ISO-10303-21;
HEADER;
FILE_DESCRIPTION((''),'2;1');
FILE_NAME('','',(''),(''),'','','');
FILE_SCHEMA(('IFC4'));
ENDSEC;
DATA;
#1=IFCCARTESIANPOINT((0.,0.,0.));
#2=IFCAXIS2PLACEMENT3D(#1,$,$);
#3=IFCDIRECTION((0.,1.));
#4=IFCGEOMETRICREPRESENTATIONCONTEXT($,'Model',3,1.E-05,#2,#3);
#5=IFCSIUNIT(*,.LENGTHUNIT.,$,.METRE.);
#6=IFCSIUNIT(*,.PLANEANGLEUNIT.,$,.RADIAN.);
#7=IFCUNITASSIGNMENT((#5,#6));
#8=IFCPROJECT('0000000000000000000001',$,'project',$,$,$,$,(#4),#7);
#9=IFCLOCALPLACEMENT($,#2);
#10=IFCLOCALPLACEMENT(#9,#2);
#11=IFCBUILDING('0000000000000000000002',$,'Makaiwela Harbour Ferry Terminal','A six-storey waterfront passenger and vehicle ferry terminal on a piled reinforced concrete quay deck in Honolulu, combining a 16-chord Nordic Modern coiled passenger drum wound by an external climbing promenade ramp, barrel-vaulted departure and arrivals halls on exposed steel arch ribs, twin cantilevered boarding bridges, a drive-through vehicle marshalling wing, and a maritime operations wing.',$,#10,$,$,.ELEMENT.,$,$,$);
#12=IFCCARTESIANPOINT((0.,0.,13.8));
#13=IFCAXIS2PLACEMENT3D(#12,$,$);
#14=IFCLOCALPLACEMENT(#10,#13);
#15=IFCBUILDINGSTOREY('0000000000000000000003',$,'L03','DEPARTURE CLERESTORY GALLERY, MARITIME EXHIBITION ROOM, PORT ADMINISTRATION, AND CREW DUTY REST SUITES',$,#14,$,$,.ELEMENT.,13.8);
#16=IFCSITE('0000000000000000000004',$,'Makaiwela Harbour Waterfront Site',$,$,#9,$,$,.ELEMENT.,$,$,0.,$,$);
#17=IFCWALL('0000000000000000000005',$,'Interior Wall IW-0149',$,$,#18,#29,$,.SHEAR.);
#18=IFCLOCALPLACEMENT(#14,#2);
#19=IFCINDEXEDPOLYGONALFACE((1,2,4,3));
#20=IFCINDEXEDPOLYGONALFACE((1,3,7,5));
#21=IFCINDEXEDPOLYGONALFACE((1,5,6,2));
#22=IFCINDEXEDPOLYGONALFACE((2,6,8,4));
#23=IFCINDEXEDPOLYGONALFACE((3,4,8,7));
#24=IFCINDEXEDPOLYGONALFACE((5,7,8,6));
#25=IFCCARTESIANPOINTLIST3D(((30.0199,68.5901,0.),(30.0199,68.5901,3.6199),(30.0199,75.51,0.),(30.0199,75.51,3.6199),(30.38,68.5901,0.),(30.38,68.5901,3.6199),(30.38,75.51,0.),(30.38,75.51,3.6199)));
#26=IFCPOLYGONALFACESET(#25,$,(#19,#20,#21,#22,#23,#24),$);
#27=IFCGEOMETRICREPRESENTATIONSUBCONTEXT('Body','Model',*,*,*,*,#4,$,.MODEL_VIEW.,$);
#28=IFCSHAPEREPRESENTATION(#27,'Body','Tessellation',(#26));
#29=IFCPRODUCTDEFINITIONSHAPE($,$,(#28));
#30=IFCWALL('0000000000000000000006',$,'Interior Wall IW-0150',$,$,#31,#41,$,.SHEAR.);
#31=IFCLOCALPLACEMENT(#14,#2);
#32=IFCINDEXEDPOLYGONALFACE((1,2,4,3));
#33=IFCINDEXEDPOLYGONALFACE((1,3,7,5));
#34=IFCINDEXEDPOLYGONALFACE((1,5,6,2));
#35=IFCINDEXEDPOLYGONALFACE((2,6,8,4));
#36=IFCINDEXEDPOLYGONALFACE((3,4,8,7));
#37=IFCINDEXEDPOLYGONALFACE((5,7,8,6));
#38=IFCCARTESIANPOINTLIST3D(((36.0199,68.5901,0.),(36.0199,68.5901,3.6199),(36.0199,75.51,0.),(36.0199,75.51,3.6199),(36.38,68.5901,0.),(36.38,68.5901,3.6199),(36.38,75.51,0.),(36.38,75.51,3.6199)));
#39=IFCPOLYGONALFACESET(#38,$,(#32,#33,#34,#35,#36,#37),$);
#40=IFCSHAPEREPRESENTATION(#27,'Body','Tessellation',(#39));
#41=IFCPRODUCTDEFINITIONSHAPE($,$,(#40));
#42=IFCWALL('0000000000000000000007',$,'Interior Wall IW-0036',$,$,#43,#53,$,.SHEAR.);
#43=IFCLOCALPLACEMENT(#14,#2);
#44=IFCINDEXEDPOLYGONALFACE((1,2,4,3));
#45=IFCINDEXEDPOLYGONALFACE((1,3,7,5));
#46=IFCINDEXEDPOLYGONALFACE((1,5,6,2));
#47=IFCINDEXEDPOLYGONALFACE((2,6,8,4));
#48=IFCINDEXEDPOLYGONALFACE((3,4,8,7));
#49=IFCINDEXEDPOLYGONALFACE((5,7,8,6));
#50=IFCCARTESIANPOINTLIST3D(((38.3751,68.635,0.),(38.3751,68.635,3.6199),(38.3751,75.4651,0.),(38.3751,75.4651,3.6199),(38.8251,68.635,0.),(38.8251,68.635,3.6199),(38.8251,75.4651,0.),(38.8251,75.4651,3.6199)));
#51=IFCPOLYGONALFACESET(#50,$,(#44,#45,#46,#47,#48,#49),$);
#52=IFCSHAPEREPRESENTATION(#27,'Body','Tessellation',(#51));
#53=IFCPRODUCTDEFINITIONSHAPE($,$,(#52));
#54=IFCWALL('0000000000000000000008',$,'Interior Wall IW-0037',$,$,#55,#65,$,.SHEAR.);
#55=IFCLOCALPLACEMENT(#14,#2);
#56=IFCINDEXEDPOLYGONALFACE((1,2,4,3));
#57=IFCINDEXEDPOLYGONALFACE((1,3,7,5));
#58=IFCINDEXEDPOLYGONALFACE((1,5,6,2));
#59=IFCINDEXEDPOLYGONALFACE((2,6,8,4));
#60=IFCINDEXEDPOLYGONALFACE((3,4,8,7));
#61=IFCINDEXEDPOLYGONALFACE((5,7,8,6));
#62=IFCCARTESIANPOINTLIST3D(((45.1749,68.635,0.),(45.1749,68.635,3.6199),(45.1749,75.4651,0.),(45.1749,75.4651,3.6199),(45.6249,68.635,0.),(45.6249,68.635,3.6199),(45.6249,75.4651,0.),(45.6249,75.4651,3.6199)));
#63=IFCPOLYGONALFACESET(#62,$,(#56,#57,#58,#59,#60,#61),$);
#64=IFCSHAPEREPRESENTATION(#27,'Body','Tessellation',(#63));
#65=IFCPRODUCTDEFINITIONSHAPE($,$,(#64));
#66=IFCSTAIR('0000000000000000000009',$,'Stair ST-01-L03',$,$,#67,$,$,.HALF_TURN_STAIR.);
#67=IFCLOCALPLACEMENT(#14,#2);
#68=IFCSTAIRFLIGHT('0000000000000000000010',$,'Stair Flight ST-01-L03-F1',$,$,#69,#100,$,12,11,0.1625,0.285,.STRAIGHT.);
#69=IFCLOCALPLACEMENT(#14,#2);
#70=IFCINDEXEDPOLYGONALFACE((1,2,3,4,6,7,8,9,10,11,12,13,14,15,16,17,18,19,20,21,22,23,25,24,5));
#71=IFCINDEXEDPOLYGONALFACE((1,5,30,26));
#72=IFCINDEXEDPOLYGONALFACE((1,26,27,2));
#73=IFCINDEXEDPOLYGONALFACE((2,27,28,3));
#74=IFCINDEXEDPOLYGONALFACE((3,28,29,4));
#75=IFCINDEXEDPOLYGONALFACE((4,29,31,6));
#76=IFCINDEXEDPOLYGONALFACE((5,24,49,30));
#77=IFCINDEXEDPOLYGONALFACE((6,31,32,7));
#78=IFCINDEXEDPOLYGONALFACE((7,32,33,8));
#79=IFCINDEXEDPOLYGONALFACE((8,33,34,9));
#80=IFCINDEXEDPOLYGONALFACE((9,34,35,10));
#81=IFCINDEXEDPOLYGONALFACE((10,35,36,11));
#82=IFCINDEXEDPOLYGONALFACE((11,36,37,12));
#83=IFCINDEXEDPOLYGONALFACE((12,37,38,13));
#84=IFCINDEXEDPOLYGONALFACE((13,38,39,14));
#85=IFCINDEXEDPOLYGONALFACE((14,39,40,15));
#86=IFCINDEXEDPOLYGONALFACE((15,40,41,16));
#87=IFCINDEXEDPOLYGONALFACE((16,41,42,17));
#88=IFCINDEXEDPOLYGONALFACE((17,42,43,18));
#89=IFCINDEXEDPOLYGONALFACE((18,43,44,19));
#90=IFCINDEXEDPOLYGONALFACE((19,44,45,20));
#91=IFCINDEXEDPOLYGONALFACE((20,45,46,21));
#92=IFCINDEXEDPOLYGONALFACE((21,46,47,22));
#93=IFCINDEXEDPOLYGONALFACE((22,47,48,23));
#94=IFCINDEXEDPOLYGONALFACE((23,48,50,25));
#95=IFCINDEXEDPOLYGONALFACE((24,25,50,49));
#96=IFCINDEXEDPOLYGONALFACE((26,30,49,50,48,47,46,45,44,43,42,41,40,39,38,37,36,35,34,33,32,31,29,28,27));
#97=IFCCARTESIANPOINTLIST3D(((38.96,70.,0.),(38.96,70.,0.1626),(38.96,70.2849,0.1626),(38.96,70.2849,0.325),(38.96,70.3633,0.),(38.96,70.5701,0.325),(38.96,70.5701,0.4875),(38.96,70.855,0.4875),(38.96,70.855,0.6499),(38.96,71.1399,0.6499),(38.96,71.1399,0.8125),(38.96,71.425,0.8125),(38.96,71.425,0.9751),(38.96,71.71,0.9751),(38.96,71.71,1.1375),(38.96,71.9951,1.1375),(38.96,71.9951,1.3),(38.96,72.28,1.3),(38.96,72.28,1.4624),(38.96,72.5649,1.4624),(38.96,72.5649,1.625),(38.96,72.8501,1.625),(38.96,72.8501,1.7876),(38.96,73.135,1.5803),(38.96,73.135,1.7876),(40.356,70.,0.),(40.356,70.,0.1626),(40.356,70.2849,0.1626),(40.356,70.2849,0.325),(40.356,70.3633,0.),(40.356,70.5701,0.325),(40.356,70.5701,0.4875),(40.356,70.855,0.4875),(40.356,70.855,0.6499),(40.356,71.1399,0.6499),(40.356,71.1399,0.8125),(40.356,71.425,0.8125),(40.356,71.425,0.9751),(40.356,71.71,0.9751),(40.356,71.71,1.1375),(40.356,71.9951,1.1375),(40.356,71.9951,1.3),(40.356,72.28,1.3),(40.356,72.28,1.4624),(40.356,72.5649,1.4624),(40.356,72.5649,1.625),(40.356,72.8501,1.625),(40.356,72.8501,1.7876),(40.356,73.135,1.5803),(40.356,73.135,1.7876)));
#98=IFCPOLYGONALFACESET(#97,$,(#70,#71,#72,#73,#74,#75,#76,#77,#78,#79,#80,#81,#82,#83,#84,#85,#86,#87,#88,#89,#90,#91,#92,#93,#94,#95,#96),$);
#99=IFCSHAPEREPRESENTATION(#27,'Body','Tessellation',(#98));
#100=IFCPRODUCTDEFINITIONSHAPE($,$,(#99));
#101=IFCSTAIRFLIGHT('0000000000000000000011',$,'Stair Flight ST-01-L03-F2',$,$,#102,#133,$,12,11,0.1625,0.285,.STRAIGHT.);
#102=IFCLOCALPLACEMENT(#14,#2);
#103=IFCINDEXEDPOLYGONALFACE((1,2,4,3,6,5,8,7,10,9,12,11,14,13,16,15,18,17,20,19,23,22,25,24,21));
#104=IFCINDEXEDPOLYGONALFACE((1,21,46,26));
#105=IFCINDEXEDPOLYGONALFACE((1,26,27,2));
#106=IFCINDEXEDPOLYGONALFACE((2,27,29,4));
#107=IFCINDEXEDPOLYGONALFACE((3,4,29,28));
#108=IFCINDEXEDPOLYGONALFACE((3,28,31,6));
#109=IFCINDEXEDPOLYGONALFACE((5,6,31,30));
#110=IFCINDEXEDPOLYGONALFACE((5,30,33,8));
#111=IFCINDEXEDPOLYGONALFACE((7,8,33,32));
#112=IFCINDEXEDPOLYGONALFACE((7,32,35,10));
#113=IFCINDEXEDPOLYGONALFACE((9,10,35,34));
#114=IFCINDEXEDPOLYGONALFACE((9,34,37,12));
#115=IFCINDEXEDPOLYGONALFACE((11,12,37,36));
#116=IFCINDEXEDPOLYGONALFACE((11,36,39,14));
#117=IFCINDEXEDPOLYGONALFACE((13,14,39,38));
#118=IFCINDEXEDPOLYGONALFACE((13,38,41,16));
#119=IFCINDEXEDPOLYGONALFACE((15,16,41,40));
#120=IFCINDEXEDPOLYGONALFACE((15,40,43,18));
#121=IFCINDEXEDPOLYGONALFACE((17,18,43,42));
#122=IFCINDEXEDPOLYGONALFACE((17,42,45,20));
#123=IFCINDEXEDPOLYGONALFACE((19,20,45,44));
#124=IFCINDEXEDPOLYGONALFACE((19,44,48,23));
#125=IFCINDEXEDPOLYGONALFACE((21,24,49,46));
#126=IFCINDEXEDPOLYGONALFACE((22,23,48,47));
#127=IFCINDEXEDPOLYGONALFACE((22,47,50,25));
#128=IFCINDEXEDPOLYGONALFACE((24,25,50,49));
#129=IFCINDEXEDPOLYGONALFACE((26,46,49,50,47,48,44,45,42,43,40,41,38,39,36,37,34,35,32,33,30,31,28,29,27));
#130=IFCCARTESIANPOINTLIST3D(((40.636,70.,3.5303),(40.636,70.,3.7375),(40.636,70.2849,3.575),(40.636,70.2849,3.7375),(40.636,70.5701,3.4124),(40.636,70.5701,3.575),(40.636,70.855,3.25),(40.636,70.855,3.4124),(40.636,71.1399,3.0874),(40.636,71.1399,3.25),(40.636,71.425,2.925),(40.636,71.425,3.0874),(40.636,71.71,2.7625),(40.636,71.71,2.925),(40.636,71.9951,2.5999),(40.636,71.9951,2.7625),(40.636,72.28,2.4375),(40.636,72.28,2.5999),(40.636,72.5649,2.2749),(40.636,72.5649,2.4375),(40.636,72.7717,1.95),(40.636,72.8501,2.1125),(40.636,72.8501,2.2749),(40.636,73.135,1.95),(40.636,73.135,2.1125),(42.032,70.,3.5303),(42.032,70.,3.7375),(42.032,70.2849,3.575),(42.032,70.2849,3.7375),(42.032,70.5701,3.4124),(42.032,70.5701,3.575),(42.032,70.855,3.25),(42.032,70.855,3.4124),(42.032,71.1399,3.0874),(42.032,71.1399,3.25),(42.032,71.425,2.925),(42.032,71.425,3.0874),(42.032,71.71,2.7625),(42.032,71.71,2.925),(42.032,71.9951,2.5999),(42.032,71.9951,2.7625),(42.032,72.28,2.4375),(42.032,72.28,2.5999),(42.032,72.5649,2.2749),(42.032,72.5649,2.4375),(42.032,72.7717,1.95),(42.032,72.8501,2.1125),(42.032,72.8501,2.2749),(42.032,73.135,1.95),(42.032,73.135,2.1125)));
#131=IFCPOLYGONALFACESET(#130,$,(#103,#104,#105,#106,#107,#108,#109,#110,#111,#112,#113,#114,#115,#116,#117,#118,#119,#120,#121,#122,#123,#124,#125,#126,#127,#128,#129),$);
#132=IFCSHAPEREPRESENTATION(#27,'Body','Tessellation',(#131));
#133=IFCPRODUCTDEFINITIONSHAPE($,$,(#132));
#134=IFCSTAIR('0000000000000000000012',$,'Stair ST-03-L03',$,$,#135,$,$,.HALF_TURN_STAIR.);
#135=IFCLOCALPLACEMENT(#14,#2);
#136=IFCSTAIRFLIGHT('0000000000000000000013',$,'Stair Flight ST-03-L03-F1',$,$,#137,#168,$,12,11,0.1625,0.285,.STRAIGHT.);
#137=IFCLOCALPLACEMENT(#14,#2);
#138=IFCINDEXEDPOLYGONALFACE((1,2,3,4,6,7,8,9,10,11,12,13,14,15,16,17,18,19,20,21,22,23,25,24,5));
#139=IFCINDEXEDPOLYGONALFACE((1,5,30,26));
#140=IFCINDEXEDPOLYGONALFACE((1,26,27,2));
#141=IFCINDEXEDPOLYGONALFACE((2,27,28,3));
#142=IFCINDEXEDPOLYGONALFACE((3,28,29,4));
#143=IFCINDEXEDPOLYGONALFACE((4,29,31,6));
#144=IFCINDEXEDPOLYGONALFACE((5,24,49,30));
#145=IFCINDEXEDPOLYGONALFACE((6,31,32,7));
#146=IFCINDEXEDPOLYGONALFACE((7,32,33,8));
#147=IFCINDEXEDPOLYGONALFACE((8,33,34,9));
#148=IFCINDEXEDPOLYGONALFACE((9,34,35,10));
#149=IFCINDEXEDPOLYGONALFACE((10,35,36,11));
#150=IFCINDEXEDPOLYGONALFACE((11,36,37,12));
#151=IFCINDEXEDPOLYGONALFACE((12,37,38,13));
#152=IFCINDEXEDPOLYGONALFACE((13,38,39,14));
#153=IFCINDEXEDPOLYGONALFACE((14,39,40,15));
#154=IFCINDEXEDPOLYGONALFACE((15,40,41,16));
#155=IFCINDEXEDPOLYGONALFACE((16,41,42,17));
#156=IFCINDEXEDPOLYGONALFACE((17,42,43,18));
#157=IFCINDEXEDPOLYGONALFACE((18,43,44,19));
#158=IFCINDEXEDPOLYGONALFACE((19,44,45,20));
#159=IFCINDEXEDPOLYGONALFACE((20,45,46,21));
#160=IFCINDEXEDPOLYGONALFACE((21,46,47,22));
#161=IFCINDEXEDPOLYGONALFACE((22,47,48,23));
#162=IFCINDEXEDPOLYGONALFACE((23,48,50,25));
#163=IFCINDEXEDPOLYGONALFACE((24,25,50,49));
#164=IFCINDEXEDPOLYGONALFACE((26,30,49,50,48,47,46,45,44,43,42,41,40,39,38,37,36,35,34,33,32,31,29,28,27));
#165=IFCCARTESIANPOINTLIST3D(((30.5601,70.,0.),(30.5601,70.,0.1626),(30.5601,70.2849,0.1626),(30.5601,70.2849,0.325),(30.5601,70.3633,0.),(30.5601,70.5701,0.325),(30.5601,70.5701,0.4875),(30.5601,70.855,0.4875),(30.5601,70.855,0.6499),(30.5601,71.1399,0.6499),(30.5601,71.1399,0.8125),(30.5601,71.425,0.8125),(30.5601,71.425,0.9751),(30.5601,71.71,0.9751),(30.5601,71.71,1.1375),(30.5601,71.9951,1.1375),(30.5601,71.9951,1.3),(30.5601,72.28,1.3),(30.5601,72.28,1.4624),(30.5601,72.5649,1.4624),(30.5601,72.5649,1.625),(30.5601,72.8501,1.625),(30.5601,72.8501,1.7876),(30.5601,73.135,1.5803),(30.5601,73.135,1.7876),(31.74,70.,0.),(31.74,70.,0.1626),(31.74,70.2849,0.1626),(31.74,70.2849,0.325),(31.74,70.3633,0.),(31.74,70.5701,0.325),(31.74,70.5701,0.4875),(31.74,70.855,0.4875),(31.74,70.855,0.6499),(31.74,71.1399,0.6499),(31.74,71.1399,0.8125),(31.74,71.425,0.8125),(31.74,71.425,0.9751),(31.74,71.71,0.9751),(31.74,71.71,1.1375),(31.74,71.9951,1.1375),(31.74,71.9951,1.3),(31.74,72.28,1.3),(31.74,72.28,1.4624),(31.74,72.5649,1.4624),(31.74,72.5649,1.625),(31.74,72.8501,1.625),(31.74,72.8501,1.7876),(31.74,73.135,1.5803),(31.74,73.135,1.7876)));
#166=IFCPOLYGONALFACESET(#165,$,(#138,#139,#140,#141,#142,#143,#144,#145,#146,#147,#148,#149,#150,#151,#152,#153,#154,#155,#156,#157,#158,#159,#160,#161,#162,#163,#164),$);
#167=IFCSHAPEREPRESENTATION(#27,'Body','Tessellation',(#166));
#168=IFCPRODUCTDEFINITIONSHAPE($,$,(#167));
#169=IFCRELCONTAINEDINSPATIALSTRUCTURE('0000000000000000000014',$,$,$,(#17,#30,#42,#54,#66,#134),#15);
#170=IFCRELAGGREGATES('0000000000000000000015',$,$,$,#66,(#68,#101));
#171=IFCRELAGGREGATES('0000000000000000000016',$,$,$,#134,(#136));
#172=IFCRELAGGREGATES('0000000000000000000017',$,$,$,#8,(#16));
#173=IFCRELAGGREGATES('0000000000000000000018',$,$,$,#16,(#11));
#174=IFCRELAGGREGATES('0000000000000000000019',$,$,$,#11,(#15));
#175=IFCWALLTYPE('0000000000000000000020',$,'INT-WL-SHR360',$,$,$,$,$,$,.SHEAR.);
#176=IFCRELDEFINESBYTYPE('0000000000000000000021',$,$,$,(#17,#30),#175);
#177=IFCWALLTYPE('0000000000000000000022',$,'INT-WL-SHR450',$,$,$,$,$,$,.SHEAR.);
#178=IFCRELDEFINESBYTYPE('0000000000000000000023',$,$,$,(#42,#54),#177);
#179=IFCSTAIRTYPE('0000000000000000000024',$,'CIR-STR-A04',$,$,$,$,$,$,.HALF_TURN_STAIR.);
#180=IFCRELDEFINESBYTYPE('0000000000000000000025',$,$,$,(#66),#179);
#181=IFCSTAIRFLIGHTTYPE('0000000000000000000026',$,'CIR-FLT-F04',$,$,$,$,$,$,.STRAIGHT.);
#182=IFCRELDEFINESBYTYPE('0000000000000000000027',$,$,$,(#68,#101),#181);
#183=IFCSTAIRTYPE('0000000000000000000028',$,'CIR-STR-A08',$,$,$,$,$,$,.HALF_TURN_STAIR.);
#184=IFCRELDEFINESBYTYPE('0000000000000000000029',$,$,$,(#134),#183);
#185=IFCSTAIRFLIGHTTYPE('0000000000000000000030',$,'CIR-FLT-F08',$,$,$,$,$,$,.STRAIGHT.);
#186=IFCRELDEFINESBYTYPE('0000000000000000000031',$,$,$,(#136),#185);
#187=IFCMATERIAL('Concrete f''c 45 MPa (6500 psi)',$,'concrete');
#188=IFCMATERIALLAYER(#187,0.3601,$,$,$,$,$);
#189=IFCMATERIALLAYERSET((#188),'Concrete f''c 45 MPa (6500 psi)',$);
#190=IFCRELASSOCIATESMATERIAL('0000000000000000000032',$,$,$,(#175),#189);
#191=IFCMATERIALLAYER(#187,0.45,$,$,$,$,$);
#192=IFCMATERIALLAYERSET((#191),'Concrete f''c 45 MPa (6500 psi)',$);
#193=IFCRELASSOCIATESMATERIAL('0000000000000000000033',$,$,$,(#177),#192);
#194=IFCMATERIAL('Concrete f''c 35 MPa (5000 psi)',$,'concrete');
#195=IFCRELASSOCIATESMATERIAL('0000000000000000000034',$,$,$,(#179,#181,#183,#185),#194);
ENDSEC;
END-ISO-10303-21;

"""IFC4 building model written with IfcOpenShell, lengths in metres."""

from ifc_helpers import new_model, si_unit, direction, frame, frame_2d, origin, place, context, subcontext, project, spatial, polyline, rectangle, outline, extrude, material, layer, layer_set, type_object, element, aggregate, save


model = new_model("IFC4")

# Units and contexts
model_context = context("Model", 3, precision=1e-05, world=origin(), true_north=direction((0.0, 1.0)))
body_context = subcontext(model_context, "Body", "Model", "MODEL_VIEW")
ifc_project = project(units=[si_unit("LENGTHUNIT", "METRE"), si_unit("PLANEANGLEUNIT", "RADIAN")], contexts=[model_context])

# Site, building, storey
site_placement = place(None, origin())
site = spatial("IfcSite", under=ifc_project, at=site_placement, Name="Makaiwela Harbour Waterfront Site", CompositionType="ELEMENT", RefElevation=0.0)
building_placement = place(site_placement, origin())
building = spatial("IfcBuilding", under=site, at=building_placement, Name="Makaiwela Harbour Ferry Terminal", Description="A six-storey waterfront passenger and vehicle ferry terminal on a piled reinforced concrete quay deck in Honolulu, combining a 16-chord Nordic Modern coiled passenger drum wound by an external climbing promenade ramp, barrel-vaulted departure and arrivals halls on exposed steel arch ribs, twin cantilevered boarding bridges, a drive-through vehicle marshalling wing, and a maritime operations wing.", CompositionType="ELEMENT")
storey_placement = place(building_placement, frame((0.0, 0.0, 13.8)))
storey = spatial("IfcBuildingStorey", under=building, at=storey_placement, Name="L03", Description="DEPARTURE CLERESTORY GALLERY, MARITIME EXHIBITION ROOM, PORT ADMINISTRATION, AND CREW DUTY REST SUITES", CompositionType="ELEMENT", Elevation=13.8)

# Shared definitions
ifc_material_1 = material(Name="Concrete f'c 45 MPa (6500 psi)", Category="concrete")

# Shared definitions
ifc_layer_1 = layer(ifc_material_1, 0.3601)
ifc_layer_set_1 = layer_set([ifc_layer_1], Name="Concrete f'c 45 MPa (6500 psi)")
wall_type_1 = type_object("IfcWallType", Name="INT-WL-SHR360", PredefinedType="SHEAR", material=ifc_layer_set_1)

# Walls
for number, where, z_axis, x_axis, name in (
    (1, (30.2, 68.5901, 0.0), (0.0, 0.0, 1.0), (0.0, 1.0, 0.0), "Interior Wall IW-0149"),
    (2, (36.2, 68.5901, 0.0), (0.0, 0.0, 1.0), (0.0, 1.0, 0.0), "Interior Wall IW-0150"),
):
    element("IfcWall", number, at=place(storey_placement, frame(where, z_axis=z_axis, x_axis=x_axis)), inside=storey, type_object=wall_type_1, Name=name, PredefinedType="SHEAR", context=body_context, shape_type="SweptSolid", body=[
        extrude(rectangle(XDim=6.9199, YDim=0.3601, at=frame_2d((3.46, 0.0))), origin(), (0.0, 0.0, 1.0), 3.6199),
    ])

# Shared definitions
ifc_layer_2 = layer(ifc_material_1, 0.45)
ifc_layer_set_2 = layer_set([ifc_layer_2], Name="Concrete f'c 45 MPa (6500 psi)")
wall_type_2 = type_object("IfcWallType", Name="INT-WL-SHR450", PredefinedType="SHEAR", material=ifc_layer_set_2)

# Walls
for number, where, z_axis, x_axis, name in (
    (3, (38.6001, 68.635, 0.0), (0.0, 0.0, 1.0), (0.0, 1.0, 0.0), "Interior Wall IW-0036"),
    (4, (45.3999, 68.635, 0.0), (0.0, 0.0, 1.0), (0.0, 1.0, 0.0), "Interior Wall IW-0037"),
):
    element("IfcWall", number, at=place(storey_placement, frame(where, z_axis=z_axis, x_axis=x_axis)), inside=storey, type_object=wall_type_2, Name=name, PredefinedType="SHEAR", context=body_context, shape_type="SweptSolid", body=[
        extrude(rectangle(XDim=6.8301, YDim=0.45, at=frame_2d((3.415, 0.0))), origin(), (0.0, 0.0, 1.0), 3.6199),
    ])

# Stairs, stair flights
ifc_material_2 = material(Name="Concrete f'c 35 MPa (5000 psi)", Category="concrete")
stair_type_1 = type_object("IfcStairType", Name="CIR-STR-A04", PredefinedType="HALF_TURN_STAIR", material=ifc_material_2)
stair_1_placement = place(storey_placement, origin())
stair_1 = element("IfcStair", 5, at=stair_1_placement, inside=storey, type_object=stair_type_1, Name="Stair ST-01-L03", PredefinedType="HALF_TURN_STAIR")
stair_flight_type_1 = type_object("IfcStairFlightType", Name="CIR-FLT-F04", PredefinedType="STRAIGHT", material=ifc_material_2)
stair_flight_1_placement = place(storey_placement, frame((39.658, 70.0, 0.0), z_axis=(0.0, 0.0, 1.0), x_axis=(0.0, 1.0, 0.0)))
stair_flight_1 = element("IfcStairFlight", 6, at=stair_flight_1_placement, type_object=stair_flight_type_1, Name="Stair Flight ST-01-L03-F1", NumberOfRisers=12, NumberOfTreads=11, PredefinedType="STRAIGHT", RiserHeight=0.1625, TreadLength=0.285, context=body_context, shape_type="SweptSolid", body=[
    extrude(outline(polyline([(0.0, 0.0), (0.0, 0.1626), (0.2849, 0.1626), (0.2849, 0.325), (0.5701, 0.325), (0.5701, 0.4875), (0.855, 0.4875), (0.855, 0.6499), (1.1399, 0.6499), (1.1399, 0.8125), (1.425, 0.8125), (1.425, 0.9751), (1.71, 0.9751), (1.71, 1.1375), (1.9951, 1.1375), (1.9951, 1.3), (2.28, 1.3), (2.28, 1.4624), (2.5649, 1.4624), (2.5649, 1.625), (2.8501, 1.625), (2.8501, 1.7876), (3.135, 1.7876), (3.135, 1.95), (3.135, 1.5803), (0.3633, 0.0), (0.0, 0.0)])), frame((0.0, 0.698, 0.0), z_axis=(0.0, -1.0, 0.0), x_axis=(1.0, 0.0, 0.0)), (0.0, 0.0, 1.0), 1.396),
])
stair_flight_2_placement = place(storey_placement, frame((41.334, 73.135, 1.95), z_axis=(0.0, 0.0, 1.0), x_axis=(0.0, -1.0, 0.0)))
stair_flight_2 = element("IfcStairFlight", 7, at=stair_flight_2_placement, type_object=stair_flight_type_1, Name="Stair Flight ST-01-L03-F2", NumberOfRisers=12, NumberOfTreads=11, PredefinedType="STRAIGHT", RiserHeight=0.1625, TreadLength=0.285, context=body_context, shape_type="SweptSolid", body=[
    extrude(outline(polyline([(0.0, 0.0), (0.0, 0.1626), (0.2849, 0.1626), (0.2849, 0.325), (0.5701, 0.325), (0.5701, 0.4875), (0.855, 0.4875), (0.855, 0.6499), (1.1399, 0.6499), (1.1399, 0.8125), (1.425, 0.8125), (1.425, 0.9751), (1.71, 0.9751), (1.71, 1.1375), (1.9951, 1.1375), (1.9951, 1.3), (2.28, 1.3), (2.28, 1.4624), (2.5649, 1.4624), (2.5649, 1.625), (2.8501, 1.625), (2.8501, 1.7876), (3.135, 1.7876), (3.135, 1.95), (3.135, 1.5803), (0.3633, 0.0), (0.0, 0.0)])), frame((0.0, 0.698, 0.0), z_axis=(0.0, -1.0, 0.0), x_axis=(1.0, 0.0, 0.0)), (0.0, 0.0, 1.0), 1.396),
])
aggregate(stair_1, [stair_flight_1, stair_flight_2])
stair_type_2 = type_object("IfcStairType", Name="CIR-STR-A08", PredefinedType="HALF_TURN_STAIR", material=ifc_material_2)
stair_2_placement = place(storey_placement, origin())
stair_2 = element("IfcStair", 8, at=stair_2_placement, inside=storey, type_object=stair_type_2, Name="Stair ST-03-L03", PredefinedType="HALF_TURN_STAIR")
stair_flight_type_2 = type_object("IfcStairFlightType", Name="CIR-FLT-F08", PredefinedType="STRAIGHT", material=ifc_material_2)
stair_flight_3_placement = place(storey_placement, frame((31.1499, 70.0, 0.0), z_axis=(0.0, 0.0, 1.0), x_axis=(0.0, 1.0, 0.0)))
stair_flight_3 = element("IfcStairFlight", 9, at=stair_flight_3_placement, type_object=stair_flight_type_2, Name="Stair Flight ST-03-L03-F1", NumberOfRisers=12, NumberOfTreads=11, PredefinedType="STRAIGHT", RiserHeight=0.1625, TreadLength=0.285, context=body_context, shape_type="SweptSolid", body=[
    extrude(outline(polyline([(0.0, 0.0), (0.0, 0.1626), (0.2849, 0.1626), (0.2849, 0.325), (0.5701, 0.325), (0.5701, 0.4875), (0.855, 0.4875), (0.855, 0.6499), (1.1399, 0.6499), (1.1399, 0.8125), (1.425, 0.8125), (1.425, 0.9751), (1.71, 0.9751), (1.71, 1.1375), (1.9951, 1.1375), (1.9951, 1.3), (2.28, 1.3), (2.28, 1.4624), (2.5649, 1.4624), (2.5649, 1.625), (2.8501, 1.625), (2.8501, 1.7876), (3.135, 1.7876), (3.135, 1.95), (3.135, 1.5803), (0.3633, 0.0), (0.0, 0.0)])), frame((0.0, 0.5898, 0.0), z_axis=(0.0, -1.0, 0.0), x_axis=(1.0, 0.0, 0.0)), (0.0, 0.0, 1.0), 1.1799),
])
aggregate(stair_2, [stair_flight_3])

save(model, "model.ifc")
